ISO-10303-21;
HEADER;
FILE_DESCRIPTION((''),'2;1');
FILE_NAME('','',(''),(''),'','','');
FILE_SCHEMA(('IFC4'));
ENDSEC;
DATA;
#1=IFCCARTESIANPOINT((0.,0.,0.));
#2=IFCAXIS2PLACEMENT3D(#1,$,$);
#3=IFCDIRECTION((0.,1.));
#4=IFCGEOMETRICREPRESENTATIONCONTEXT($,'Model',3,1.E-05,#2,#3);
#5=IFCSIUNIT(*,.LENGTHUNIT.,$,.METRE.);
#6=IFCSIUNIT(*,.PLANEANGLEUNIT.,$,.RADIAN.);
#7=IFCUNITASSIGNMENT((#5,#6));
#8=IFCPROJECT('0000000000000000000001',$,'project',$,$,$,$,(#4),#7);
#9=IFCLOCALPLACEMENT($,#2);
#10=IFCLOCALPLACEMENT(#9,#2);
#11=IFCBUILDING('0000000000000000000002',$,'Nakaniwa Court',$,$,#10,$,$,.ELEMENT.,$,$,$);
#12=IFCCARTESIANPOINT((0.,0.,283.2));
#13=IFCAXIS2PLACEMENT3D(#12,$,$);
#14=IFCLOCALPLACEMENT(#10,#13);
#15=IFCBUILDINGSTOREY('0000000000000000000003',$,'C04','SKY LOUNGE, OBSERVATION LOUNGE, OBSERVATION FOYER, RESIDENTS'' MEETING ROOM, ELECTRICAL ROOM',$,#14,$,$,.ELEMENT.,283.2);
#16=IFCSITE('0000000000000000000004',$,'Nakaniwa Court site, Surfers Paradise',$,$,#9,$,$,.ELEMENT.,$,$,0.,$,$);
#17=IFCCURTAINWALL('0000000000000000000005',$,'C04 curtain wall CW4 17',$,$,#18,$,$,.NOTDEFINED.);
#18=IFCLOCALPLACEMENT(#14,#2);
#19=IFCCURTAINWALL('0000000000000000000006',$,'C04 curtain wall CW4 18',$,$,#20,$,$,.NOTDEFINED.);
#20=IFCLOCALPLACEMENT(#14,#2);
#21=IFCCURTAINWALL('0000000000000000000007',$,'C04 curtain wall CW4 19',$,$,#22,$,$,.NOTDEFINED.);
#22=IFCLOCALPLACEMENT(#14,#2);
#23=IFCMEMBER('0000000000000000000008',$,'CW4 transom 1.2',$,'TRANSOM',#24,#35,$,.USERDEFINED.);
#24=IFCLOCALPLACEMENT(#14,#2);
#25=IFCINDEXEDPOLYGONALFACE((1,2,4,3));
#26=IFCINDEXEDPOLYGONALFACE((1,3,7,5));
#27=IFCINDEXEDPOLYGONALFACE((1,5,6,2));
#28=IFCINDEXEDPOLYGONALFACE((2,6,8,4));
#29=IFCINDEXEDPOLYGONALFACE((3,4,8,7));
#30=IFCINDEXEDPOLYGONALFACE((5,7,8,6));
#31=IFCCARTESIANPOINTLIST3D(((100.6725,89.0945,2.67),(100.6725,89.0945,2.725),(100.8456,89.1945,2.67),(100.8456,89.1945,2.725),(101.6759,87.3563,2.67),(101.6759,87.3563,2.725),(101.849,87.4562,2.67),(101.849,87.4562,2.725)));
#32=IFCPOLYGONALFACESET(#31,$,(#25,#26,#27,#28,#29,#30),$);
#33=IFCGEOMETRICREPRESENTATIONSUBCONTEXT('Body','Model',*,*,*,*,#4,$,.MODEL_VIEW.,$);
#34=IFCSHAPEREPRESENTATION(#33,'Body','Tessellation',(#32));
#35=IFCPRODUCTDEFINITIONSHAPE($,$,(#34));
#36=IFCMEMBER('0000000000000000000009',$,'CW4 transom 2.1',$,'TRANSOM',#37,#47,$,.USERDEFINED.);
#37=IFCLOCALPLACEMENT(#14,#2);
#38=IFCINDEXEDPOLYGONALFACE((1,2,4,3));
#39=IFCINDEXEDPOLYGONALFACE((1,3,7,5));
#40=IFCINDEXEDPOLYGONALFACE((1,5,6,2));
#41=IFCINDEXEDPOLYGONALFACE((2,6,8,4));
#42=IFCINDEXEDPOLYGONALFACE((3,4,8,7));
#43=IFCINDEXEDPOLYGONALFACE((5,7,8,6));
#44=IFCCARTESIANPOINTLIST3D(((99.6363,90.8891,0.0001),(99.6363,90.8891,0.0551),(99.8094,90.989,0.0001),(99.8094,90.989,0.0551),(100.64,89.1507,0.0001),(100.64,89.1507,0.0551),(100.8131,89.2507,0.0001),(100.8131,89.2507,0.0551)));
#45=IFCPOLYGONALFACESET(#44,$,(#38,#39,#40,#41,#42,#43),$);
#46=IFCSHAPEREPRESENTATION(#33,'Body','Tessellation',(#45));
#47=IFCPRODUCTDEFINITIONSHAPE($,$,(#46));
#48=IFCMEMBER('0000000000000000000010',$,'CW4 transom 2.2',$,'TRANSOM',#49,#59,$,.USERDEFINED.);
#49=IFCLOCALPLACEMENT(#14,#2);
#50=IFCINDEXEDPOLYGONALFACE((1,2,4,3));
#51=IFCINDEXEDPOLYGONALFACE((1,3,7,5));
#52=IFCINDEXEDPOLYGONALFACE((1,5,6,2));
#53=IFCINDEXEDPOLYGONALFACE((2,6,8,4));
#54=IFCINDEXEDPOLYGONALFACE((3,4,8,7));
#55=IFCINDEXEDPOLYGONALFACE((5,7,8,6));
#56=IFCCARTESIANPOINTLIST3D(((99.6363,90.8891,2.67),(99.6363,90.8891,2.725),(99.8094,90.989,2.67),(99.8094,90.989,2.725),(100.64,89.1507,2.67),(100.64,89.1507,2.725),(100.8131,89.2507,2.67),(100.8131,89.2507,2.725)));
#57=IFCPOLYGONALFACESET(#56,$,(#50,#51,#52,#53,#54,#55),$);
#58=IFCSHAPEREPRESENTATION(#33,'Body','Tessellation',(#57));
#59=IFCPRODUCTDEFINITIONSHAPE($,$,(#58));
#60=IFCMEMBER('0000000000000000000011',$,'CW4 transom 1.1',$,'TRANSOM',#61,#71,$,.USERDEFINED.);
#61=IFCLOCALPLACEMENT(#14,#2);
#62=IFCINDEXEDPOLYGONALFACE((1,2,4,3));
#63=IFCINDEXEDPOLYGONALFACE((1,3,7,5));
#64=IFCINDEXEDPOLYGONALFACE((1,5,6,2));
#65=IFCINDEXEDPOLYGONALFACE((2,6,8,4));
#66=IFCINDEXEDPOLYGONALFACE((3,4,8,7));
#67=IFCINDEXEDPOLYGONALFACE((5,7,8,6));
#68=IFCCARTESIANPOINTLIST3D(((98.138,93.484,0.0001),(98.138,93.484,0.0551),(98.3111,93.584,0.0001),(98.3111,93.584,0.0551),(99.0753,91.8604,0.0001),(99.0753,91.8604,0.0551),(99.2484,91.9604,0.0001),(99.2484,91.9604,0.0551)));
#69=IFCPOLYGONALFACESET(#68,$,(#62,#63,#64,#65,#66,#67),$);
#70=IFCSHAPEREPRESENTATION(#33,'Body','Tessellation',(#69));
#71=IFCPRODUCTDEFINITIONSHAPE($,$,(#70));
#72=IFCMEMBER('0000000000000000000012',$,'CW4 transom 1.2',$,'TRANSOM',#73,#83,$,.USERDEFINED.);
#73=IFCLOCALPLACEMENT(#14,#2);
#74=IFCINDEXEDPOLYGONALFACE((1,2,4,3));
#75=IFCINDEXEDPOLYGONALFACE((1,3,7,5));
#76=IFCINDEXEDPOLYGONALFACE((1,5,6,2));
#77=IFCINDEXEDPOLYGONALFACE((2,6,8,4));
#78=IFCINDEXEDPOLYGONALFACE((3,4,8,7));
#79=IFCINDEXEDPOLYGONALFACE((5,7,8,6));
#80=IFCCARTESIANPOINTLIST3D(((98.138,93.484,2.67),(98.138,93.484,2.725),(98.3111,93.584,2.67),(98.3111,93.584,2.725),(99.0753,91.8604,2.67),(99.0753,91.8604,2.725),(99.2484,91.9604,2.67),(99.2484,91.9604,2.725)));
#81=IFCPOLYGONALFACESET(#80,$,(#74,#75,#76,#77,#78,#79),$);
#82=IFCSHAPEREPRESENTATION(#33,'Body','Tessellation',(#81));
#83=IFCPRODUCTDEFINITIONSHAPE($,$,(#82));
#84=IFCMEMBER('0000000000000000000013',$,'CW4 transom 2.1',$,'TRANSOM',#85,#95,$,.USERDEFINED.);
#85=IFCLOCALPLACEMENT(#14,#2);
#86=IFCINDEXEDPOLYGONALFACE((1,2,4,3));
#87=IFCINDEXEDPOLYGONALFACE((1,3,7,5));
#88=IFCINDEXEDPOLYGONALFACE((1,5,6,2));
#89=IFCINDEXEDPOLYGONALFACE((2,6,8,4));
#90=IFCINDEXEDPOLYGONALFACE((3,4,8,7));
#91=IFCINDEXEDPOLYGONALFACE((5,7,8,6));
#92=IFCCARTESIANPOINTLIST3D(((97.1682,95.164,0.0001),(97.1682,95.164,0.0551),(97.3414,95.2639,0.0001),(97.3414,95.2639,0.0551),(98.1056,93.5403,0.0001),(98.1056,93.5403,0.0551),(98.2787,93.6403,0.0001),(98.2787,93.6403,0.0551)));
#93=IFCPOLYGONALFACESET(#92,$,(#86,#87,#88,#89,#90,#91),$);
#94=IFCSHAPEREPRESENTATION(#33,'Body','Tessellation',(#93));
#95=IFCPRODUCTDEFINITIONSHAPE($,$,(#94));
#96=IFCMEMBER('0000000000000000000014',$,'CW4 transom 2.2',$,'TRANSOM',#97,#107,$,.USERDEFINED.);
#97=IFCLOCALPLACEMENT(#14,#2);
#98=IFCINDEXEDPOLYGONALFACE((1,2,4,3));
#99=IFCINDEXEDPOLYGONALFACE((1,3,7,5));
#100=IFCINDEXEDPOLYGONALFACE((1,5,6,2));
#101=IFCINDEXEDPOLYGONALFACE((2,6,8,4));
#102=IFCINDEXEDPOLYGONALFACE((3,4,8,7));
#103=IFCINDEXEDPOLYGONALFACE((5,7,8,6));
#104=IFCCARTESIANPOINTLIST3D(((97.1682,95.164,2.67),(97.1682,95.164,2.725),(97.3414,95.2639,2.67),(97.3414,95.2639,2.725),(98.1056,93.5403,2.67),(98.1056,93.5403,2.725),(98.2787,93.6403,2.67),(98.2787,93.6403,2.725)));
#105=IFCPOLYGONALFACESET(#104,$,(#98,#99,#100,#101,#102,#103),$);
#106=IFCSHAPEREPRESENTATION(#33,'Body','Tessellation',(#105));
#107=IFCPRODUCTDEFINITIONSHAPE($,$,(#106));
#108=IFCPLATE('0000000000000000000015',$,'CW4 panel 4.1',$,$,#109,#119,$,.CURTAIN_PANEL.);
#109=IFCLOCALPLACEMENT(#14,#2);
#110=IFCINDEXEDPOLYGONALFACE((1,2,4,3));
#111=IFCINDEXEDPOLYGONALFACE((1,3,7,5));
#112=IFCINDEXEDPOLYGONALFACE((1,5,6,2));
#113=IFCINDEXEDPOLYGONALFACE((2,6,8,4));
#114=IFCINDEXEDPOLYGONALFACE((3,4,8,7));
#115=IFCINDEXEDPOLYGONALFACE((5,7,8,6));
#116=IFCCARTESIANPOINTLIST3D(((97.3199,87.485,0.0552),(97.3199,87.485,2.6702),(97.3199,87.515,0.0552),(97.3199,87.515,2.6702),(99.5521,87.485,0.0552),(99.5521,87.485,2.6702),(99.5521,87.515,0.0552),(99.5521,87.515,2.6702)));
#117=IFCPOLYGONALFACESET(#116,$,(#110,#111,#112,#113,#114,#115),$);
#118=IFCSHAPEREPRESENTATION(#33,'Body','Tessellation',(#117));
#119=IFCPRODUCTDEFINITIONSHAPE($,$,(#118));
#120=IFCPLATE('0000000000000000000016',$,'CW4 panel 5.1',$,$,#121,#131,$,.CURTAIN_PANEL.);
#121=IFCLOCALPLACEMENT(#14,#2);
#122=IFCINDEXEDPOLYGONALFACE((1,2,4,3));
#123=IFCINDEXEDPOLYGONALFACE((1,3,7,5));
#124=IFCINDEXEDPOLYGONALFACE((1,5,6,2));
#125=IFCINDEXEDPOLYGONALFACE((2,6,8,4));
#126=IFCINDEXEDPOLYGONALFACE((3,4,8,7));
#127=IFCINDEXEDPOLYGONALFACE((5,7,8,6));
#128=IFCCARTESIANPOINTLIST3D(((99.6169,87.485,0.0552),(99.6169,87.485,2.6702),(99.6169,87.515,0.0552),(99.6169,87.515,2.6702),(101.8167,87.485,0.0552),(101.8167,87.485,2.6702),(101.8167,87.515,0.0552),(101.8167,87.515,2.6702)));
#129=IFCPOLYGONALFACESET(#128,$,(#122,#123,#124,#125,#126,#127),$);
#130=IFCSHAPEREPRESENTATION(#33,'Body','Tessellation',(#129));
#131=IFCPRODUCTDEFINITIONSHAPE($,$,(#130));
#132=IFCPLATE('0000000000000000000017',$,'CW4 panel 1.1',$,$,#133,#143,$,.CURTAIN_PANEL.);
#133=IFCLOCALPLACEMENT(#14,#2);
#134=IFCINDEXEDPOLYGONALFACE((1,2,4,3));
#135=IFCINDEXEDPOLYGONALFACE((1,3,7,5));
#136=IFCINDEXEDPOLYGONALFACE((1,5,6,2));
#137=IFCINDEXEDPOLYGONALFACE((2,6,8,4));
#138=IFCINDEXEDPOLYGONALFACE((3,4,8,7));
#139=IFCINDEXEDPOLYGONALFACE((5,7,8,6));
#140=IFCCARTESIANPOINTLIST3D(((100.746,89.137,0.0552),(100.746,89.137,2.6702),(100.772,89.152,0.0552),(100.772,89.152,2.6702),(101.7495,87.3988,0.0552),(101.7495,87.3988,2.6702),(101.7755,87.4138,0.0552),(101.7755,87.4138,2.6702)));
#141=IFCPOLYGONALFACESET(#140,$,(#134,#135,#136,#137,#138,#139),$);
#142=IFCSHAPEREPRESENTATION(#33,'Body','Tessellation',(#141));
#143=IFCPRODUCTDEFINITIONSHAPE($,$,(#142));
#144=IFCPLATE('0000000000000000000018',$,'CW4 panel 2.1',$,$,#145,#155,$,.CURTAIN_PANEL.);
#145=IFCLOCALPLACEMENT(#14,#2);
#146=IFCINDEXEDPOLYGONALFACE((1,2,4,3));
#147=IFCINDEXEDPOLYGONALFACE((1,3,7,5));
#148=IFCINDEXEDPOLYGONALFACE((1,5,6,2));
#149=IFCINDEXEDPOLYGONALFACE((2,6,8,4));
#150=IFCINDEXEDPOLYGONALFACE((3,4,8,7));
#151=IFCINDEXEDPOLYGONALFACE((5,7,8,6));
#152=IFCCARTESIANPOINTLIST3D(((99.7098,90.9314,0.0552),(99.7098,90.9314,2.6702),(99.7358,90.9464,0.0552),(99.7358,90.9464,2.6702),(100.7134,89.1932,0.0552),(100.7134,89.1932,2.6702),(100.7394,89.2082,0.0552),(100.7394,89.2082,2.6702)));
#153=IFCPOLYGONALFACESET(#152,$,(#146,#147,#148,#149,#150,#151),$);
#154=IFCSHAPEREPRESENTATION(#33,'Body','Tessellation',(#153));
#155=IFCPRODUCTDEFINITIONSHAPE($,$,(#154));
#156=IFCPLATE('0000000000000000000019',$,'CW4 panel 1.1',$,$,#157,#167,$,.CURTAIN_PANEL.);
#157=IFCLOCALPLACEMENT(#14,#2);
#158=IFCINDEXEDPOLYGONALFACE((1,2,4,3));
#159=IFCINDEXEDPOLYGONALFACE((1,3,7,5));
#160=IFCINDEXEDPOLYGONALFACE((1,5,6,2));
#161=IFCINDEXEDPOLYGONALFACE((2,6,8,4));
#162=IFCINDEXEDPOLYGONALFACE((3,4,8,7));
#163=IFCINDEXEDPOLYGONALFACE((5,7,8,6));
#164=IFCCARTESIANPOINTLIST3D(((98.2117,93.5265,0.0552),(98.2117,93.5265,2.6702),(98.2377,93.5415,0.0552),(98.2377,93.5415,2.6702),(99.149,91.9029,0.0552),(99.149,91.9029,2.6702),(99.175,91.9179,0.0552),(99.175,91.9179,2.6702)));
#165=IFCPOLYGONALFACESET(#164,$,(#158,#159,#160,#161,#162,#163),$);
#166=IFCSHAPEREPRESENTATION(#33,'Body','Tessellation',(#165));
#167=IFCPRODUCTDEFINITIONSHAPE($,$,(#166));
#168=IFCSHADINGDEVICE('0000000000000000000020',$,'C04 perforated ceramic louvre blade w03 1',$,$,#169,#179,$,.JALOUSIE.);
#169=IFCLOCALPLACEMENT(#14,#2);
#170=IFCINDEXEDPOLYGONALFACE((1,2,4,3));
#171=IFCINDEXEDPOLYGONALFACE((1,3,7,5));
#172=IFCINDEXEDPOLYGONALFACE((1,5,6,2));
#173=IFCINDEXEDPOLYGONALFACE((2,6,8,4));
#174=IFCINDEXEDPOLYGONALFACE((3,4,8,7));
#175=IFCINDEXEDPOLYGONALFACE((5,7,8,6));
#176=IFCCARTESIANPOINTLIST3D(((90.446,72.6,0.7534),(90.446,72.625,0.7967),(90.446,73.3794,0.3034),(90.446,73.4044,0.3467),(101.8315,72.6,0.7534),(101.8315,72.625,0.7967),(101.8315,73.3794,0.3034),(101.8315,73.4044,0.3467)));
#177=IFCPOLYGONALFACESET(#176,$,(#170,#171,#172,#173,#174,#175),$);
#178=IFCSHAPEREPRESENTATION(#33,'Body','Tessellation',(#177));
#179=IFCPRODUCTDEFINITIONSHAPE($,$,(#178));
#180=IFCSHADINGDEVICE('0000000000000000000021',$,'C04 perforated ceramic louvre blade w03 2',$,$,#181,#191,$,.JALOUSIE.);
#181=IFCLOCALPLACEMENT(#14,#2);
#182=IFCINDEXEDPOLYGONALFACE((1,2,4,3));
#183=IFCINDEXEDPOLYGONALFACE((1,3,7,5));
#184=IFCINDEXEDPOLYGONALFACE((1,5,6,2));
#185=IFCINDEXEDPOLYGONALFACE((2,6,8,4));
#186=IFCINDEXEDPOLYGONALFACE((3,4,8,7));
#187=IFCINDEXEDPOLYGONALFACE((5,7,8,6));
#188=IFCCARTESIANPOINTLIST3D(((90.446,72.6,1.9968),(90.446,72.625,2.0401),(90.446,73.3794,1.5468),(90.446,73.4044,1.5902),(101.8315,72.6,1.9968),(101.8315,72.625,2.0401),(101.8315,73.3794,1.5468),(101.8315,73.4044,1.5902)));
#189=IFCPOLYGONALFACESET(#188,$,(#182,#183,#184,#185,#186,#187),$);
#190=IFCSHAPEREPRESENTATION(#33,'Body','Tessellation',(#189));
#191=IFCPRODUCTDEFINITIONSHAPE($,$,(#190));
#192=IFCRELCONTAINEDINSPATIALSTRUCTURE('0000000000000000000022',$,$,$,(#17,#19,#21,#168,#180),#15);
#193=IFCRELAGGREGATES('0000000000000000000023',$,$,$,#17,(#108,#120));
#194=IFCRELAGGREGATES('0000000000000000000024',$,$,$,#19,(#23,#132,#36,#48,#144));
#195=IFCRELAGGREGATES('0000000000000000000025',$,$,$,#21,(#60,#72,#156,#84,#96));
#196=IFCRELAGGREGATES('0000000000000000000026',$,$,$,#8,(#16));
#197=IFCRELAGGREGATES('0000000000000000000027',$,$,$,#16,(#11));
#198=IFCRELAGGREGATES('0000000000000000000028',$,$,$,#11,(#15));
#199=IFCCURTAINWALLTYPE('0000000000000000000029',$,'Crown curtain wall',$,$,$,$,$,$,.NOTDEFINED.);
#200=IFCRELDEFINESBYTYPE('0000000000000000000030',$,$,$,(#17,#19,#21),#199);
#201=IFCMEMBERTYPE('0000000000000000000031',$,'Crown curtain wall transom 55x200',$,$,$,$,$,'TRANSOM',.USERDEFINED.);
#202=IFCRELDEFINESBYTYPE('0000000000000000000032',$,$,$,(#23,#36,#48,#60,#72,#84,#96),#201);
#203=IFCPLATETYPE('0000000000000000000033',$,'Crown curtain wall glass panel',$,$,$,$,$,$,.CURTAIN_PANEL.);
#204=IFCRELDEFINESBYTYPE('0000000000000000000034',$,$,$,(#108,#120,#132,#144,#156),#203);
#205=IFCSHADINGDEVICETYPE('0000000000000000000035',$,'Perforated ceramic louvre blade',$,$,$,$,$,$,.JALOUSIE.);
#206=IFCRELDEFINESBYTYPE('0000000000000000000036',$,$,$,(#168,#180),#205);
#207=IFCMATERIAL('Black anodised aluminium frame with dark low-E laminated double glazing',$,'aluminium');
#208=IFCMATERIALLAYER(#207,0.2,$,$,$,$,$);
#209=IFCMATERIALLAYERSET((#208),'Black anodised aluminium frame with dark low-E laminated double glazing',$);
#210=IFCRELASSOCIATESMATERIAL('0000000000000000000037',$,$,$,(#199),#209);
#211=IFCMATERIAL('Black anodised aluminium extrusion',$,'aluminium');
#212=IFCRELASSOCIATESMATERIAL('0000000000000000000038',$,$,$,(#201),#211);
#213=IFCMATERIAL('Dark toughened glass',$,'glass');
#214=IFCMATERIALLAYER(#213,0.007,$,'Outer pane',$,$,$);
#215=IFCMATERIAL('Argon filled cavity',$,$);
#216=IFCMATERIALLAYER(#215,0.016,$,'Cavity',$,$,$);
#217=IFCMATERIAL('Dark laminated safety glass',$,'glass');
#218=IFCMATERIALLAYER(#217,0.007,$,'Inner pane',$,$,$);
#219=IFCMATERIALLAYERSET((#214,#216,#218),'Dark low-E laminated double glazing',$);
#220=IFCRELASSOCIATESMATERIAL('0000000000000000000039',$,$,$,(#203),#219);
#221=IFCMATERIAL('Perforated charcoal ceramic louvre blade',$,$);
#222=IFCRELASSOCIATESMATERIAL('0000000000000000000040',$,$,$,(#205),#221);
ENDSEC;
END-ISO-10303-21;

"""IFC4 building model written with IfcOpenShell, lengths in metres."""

from ifc_helpers import new_model, si_unit, direction, frame, origin, origin_2d, place, context, subcontext, project, spatial, rectangle, extrude, material, layer, layer_set, material_profile, profile_set, type_object, element, aggregate, save


model = new_model("IFC4")

# Units and contexts
model_context = context("Model", 3, precision=1e-05, world=origin(), true_north=direction((0.0, 1.0)))
body_context = subcontext(model_context, "Body", "Model", "MODEL_VIEW")
ifc_project = project(units=[si_unit("LENGTHUNIT", "METRE"), si_unit("PLANEANGLEUNIT", "RADIAN")], contexts=[model_context])

# Site, building, storey
site_placement = place(None, origin())
site = spatial("IfcSite", under=ifc_project, at=site_placement, Name="Nakaniwa Court site, Surfers Paradise", CompositionType="ELEMENT", RefElevation=0.0)
building_placement = place(site_placement, origin())
building = spatial("IfcBuilding", under=site, at=building_placement, Name="Nakaniwa Court", CompositionType="ELEMENT")
storey_placement = place(building_placement, frame((0.0, 0.0, 283.2)))
storey = spatial("IfcBuildingStorey", under=building, at=storey_placement, Name="C04", Description="SKY LOUNGE, OBSERVATION LOUNGE, OBSERVATION FOYER, RESIDENTS' MEETING ROOM, ELECTRICAL ROOM", CompositionType="ELEMENT", Elevation=283.2)

# Shared definitions
ifc_material_1 = material(Name="Black anodised aluminium frame with dark low-E laminated double glazing", Category="aluminium")
ifc_layer_1 = layer(ifc_material_1, 0.2)
ifc_layer_set_1 = layer_set([ifc_layer_1], Name="Black anodised aluminium frame with dark low-E laminated double glazing")
curtain_wall_type = type_object("IfcCurtainWallType", Name="Crown curtain wall", PredefinedType="NOTDEFINED", material=ifc_layer_set_1)
ifc_material_2 = material(Name="Black anodised aluminium extrusion", Category="aluminium")

# Curtain walls
curtain_wall_1_placement = place(storey_placement, origin())
curtain_wall_1 = element("IfcCurtainWall", 1, at=curtain_wall_1_placement, inside=storey, type_object=curtain_wall_type, Name="C04 curtain wall CW4 17", PredefinedType="NOTDEFINED")
curtain_wall_2_placement = place(storey_placement, origin())
curtain_wall_2 = element("IfcCurtainWall", 2, at=curtain_wall_2_placement, inside=storey, type_object=curtain_wall_type, Name="C04 curtain wall CW4 18", PredefinedType="NOTDEFINED")
curtain_wall_3_placement = place(storey_placement, origin())
curtain_wall_3 = element("IfcCurtainWall", 3, at=curtain_wall_3_placement, inside=storey, type_object=curtain_wall_type, Name="C04 curtain wall CW4 19", PredefinedType="NOTDEFINED")

# Members
ifc_material_profile_1 = material_profile(ifc_material_2, rectangle(XDim=0.2, YDim=0.0549, at=origin_2d()), Name="Crown curtain wall transom 55x200")
ifc_profile_set_1 = profile_set([ifc_material_profile_1], Name="Black anodised aluminium extrusion")
member_type_1 = type_object("IfcMemberType", Name="Crown curtain wall transom 55x200", ElementType="TRANSOM", PredefinedType="USERDEFINED", material=ifc_profile_set_1)
member_1_placement = place(storey_placement, frame((101.7625, 87.4062, 2.6975), z_axis=(-0.499933, 0.866064, 0.0), x_axis=(-0.866064, -0.499933, 0.0)))
member_1 = element("IfcMember", 4, at=member_1_placement, type_object=member_type_1, Name="CW4 transom 1.2", ObjectType="TRANSOM", PredefinedType="USERDEFINED", context=body_context, shape_type="SweptSolid", body=[
    extrude(rectangle(XDim=0.2, YDim=0.0549, at=origin_2d()), origin(), (0.0, 0.0, 1.0), 2.0071),
])
member_2_placement = place(storey_placement, frame((100.7266, 89.2007, 0.0276), z_axis=(-0.500024, 0.866011, 0.0), x_axis=(-0.866011, -0.500024, 0.0)))
member_2 = element("IfcMember", 5, at=member_2_placement, type_object=member_type_1, Name="CW4 transom 2.1", ObjectType="TRANSOM", PredefinedType="USERDEFINED", context=body_context, shape_type="SweptSolid", body=[
    extrude(rectangle(XDim=0.2, YDim=0.0549, at=origin_2d()), origin(), (0.0, 0.0, 1.0), 2.0073),
])
member_3_placement = place(storey_placement, frame((100.7266, 89.2007, 2.6975), z_axis=(-0.500024, 0.866011, 0.0), x_axis=(-0.866011, -0.500024, 0.0)))
member_3 = element("IfcMember", 6, at=member_3_placement, type_object=member_type_1, Name="CW4 transom 2.2", ObjectType="TRANSOM", PredefinedType="USERDEFINED", context=body_context, shape_type="SweptSolid", body=[
    extrude(rectangle(XDim=0.2, YDim=0.0549, at=origin_2d()), origin(), (0.0, 0.0, 1.0), 2.0073),
])
member_4_placement = place(storey_placement, frame((99.1619, 91.9104, 0.0276), z_axis=(-0.499963, 0.866047, 0.0), x_axis=(-0.866047, -0.499963, 0.0)))
member_4 = element("IfcMember", 7, at=member_4_placement, type_object=member_type_1, Name="CW4 transom 1.1", ObjectType="TRANSOM", PredefinedType="USERDEFINED", context=body_context, shape_type="SweptSolid", body=[
    extrude(rectangle(XDim=0.2, YDim=0.0549, at=origin_2d()), origin(), (0.0, 0.0, 1.0), 1.8748),
])
member_5_placement = place(storey_placement, frame((99.1619, 91.9104, 2.6975), z_axis=(-0.499963, 0.866047, 0.0), x_axis=(-0.866047, -0.499963, 0.0)))
member_5 = element("IfcMember", 8, at=member_5_placement, type_object=member_type_1, Name="CW4 transom 1.2", ObjectType="TRANSOM", PredefinedType="USERDEFINED", context=body_context, shape_type="SweptSolid", body=[
    extrude(rectangle(XDim=0.2, YDim=0.0549, at=origin_2d()), origin(), (0.0, 0.0, 1.0), 1.8748),
])
member_6_placement = place(storey_placement, frame((98.1921, 93.5903, 0.0276), z_axis=(-0.499963, 0.866047, 0.0), x_axis=(-0.866047, -0.499963, 0.0)))
member_6 = element("IfcMember", 9, at=member_6_placement, type_object=member_type_1, Name="CW4 transom 2.1", ObjectType="TRANSOM", PredefinedType="USERDEFINED", context=body_context, shape_type="SweptSolid", body=[
    extrude(rectangle(XDim=0.2, YDim=0.0549, at=origin_2d()), origin(), (0.0, 0.0, 1.0), 1.8748),
])
member_7_placement = place(storey_placement, frame((98.1921, 93.5903, 2.6975), z_axis=(-0.499963, 0.866047, 0.0), x_axis=(-0.866047, -0.499963, 0.0)))
member_7 = element("IfcMember", 10, at=member_7_placement, type_object=member_type_1, Name="CW4 transom 2.2", ObjectType="TRANSOM", PredefinedType="USERDEFINED", context=body_context, shape_type="SweptSolid", body=[
    extrude(rectangle(XDim=0.2, YDim=0.0549, at=origin_2d()), origin(), (0.0, 0.0, 1.0), 1.8748),
])

# Plates
ifc_material_3 = material(Name="Dark toughened glass", Category="glass")
ifc_layer_2 = layer(ifc_material_3, 0.007, Name="Outer pane")
ifc_material_4 = material(Name="Argon filled cavity")
ifc_layer_3 = layer(ifc_material_4, 0.016, Name="Cavity")
ifc_material_5 = material(Name="Dark laminated safety glass", Category="glass")
ifc_layer_4 = layer(ifc_material_5, 0.007, Name="Inner pane")
ifc_layer_set_2 = layer_set([ifc_layer_2, ifc_layer_3, ifc_layer_4], Name="Dark low-E laminated double glazing")
plate_type = type_object("IfcPlateType", Name="Crown curtain wall glass panel", PredefinedType="CURTAIN_PANEL", material=ifc_layer_set_2)
plate_1_placement = place(storey_placement, frame((98.436, 87.5, 0.0552), z_axis=(0.0, 0.0, 1.0), x_axis=(1.0, 0.0, 0.0)))
plate_1 = element("IfcPlate", 11, at=plate_1_placement, type_object=plate_type, Name="CW4 panel 4.1", PredefinedType="CURTAIN_PANEL", context=body_context, shape_type="SweptSolid", body=[
    extrude(rectangle(XDim=2.2322, YDim=0.03, at=origin_2d()), origin(), (0.0, 0.0, 1.0), 2.615),
])
plate_2_placement = place(storey_placement, frame((100.7168, 87.5, 0.0552), z_axis=(0.0, 0.0, 1.0), x_axis=(1.0, 0.0, 0.0)))
plate_2 = element("IfcPlate", 12, at=plate_2_placement, type_object=plate_type, Name="CW4 panel 5.1", PredefinedType="CURTAIN_PANEL", context=body_context, shape_type="SweptSolid", body=[
    extrude(rectangle(XDim=2.1997, YDim=0.03, at=origin_2d()), origin(), (0.0, 0.0, 1.0), 2.615),
])
aggregate(curtain_wall_1, [plate_1, plate_2])
plate_3_placement = place(storey_placement, frame((101.2607, 88.2754, 0.0552), z_axis=(0.0, 0.0, 1.0), x_axis=(-0.500008, 0.866021, 0.0)))
plate_3 = element("IfcPlate", 13, at=plate_3_placement, type_object=plate_type, Name="CW4 panel 1.1", PredefinedType="CURTAIN_PANEL", context=body_context, shape_type="SweptSolid", body=[
    extrude(rectangle(XDim=2.0071, YDim=0.03, at=origin_2d()), origin(), (0.0, 0.0, 1.0), 2.615),
])
plate_4_placement = place(storey_placement, frame((100.2246, 90.0698, 0.0552), z_axis=(0.0, 0.0, 1.0), x_axis=(-0.500008, 0.866021, 0.0)))
plate_4 = element("IfcPlate", 14, at=plate_4_placement, type_object=plate_type, Name="CW4 panel 2.1", PredefinedType="CURTAIN_PANEL", context=body_context, shape_type="SweptSolid", body=[
    extrude(rectangle(XDim=2.0071, YDim=0.03, at=origin_2d()), origin(), (0.0, 0.0, 1.0), 2.615),
])
aggregate(curtain_wall_2, [member_1, plate_3, member_2, member_3, plate_4])
plate_5_placement = place(storey_placement, frame((98.6934, 92.7222, 0.0552), z_axis=(0.0, 0.0, 1.0), x_axis=(-0.499987, 0.866033, 0.0)))
plate_5 = element("IfcPlate", 15, at=plate_5_placement, type_object=plate_type, Name="CW4 panel 1.1", PredefinedType="CURTAIN_PANEL", context=body_context, shape_type="SweptSolid", body=[
    extrude(rectangle(XDim=1.8748, YDim=0.03, at=origin_2d()), origin(), (0.0, 0.0, 1.0), 2.615),
])
aggregate(curtain_wall_3, [member_4, member_5, plate_5, member_6, member_7])

# Shading devices
ifc_material_6 = material(Name="Perforated charcoal ceramic louvre blade")
ifc_material_profile_2 = material_profile(ifc_material_6, rectangle(XDim=0.8999, YDim=0.05, at=origin_2d()), Name="Perforated ceramic louvre blade")
ifc_profile_set_2 = profile_set([ifc_material_profile_2], Name="Perforated charcoal ceramic louvre blade")
shading_device_type = type_object("IfcShadingDeviceType", Name="Perforated ceramic louvre blade", PredefinedType="JALOUSIE", material=ifc_profile_set_2)
for number, where, z_axis, x_axis, name in (
    (16, (101.8315, 73.0022, 0.55), (-1.0, 0.0, 0.0), (0.0, -0.866025, 0.5), "C04 perforated ceramic louvre blade w03 1"),
    (17, (101.8315, 73.0022, 1.7935), (-1.0, 0.0, 0.0), (0.0, -0.866025, 0.5), "C04 perforated ceramic louvre blade w03 2"),
):
    element("IfcShadingDevice", number, at=place(storey_placement, frame(where, z_axis=z_axis, x_axis=x_axis)), inside=storey, type_object=shading_device_type, Name=name, PredefinedType="JALOUSIE", context=body_context, shape_type="SweptSolid", body=[
        extrude(rectangle(XDim=0.8999, YDim=0.05, at=origin_2d()), origin(), (0.0, 0.0, 1.0), 11.3855),
    ])

save(model, "model.ifc")
